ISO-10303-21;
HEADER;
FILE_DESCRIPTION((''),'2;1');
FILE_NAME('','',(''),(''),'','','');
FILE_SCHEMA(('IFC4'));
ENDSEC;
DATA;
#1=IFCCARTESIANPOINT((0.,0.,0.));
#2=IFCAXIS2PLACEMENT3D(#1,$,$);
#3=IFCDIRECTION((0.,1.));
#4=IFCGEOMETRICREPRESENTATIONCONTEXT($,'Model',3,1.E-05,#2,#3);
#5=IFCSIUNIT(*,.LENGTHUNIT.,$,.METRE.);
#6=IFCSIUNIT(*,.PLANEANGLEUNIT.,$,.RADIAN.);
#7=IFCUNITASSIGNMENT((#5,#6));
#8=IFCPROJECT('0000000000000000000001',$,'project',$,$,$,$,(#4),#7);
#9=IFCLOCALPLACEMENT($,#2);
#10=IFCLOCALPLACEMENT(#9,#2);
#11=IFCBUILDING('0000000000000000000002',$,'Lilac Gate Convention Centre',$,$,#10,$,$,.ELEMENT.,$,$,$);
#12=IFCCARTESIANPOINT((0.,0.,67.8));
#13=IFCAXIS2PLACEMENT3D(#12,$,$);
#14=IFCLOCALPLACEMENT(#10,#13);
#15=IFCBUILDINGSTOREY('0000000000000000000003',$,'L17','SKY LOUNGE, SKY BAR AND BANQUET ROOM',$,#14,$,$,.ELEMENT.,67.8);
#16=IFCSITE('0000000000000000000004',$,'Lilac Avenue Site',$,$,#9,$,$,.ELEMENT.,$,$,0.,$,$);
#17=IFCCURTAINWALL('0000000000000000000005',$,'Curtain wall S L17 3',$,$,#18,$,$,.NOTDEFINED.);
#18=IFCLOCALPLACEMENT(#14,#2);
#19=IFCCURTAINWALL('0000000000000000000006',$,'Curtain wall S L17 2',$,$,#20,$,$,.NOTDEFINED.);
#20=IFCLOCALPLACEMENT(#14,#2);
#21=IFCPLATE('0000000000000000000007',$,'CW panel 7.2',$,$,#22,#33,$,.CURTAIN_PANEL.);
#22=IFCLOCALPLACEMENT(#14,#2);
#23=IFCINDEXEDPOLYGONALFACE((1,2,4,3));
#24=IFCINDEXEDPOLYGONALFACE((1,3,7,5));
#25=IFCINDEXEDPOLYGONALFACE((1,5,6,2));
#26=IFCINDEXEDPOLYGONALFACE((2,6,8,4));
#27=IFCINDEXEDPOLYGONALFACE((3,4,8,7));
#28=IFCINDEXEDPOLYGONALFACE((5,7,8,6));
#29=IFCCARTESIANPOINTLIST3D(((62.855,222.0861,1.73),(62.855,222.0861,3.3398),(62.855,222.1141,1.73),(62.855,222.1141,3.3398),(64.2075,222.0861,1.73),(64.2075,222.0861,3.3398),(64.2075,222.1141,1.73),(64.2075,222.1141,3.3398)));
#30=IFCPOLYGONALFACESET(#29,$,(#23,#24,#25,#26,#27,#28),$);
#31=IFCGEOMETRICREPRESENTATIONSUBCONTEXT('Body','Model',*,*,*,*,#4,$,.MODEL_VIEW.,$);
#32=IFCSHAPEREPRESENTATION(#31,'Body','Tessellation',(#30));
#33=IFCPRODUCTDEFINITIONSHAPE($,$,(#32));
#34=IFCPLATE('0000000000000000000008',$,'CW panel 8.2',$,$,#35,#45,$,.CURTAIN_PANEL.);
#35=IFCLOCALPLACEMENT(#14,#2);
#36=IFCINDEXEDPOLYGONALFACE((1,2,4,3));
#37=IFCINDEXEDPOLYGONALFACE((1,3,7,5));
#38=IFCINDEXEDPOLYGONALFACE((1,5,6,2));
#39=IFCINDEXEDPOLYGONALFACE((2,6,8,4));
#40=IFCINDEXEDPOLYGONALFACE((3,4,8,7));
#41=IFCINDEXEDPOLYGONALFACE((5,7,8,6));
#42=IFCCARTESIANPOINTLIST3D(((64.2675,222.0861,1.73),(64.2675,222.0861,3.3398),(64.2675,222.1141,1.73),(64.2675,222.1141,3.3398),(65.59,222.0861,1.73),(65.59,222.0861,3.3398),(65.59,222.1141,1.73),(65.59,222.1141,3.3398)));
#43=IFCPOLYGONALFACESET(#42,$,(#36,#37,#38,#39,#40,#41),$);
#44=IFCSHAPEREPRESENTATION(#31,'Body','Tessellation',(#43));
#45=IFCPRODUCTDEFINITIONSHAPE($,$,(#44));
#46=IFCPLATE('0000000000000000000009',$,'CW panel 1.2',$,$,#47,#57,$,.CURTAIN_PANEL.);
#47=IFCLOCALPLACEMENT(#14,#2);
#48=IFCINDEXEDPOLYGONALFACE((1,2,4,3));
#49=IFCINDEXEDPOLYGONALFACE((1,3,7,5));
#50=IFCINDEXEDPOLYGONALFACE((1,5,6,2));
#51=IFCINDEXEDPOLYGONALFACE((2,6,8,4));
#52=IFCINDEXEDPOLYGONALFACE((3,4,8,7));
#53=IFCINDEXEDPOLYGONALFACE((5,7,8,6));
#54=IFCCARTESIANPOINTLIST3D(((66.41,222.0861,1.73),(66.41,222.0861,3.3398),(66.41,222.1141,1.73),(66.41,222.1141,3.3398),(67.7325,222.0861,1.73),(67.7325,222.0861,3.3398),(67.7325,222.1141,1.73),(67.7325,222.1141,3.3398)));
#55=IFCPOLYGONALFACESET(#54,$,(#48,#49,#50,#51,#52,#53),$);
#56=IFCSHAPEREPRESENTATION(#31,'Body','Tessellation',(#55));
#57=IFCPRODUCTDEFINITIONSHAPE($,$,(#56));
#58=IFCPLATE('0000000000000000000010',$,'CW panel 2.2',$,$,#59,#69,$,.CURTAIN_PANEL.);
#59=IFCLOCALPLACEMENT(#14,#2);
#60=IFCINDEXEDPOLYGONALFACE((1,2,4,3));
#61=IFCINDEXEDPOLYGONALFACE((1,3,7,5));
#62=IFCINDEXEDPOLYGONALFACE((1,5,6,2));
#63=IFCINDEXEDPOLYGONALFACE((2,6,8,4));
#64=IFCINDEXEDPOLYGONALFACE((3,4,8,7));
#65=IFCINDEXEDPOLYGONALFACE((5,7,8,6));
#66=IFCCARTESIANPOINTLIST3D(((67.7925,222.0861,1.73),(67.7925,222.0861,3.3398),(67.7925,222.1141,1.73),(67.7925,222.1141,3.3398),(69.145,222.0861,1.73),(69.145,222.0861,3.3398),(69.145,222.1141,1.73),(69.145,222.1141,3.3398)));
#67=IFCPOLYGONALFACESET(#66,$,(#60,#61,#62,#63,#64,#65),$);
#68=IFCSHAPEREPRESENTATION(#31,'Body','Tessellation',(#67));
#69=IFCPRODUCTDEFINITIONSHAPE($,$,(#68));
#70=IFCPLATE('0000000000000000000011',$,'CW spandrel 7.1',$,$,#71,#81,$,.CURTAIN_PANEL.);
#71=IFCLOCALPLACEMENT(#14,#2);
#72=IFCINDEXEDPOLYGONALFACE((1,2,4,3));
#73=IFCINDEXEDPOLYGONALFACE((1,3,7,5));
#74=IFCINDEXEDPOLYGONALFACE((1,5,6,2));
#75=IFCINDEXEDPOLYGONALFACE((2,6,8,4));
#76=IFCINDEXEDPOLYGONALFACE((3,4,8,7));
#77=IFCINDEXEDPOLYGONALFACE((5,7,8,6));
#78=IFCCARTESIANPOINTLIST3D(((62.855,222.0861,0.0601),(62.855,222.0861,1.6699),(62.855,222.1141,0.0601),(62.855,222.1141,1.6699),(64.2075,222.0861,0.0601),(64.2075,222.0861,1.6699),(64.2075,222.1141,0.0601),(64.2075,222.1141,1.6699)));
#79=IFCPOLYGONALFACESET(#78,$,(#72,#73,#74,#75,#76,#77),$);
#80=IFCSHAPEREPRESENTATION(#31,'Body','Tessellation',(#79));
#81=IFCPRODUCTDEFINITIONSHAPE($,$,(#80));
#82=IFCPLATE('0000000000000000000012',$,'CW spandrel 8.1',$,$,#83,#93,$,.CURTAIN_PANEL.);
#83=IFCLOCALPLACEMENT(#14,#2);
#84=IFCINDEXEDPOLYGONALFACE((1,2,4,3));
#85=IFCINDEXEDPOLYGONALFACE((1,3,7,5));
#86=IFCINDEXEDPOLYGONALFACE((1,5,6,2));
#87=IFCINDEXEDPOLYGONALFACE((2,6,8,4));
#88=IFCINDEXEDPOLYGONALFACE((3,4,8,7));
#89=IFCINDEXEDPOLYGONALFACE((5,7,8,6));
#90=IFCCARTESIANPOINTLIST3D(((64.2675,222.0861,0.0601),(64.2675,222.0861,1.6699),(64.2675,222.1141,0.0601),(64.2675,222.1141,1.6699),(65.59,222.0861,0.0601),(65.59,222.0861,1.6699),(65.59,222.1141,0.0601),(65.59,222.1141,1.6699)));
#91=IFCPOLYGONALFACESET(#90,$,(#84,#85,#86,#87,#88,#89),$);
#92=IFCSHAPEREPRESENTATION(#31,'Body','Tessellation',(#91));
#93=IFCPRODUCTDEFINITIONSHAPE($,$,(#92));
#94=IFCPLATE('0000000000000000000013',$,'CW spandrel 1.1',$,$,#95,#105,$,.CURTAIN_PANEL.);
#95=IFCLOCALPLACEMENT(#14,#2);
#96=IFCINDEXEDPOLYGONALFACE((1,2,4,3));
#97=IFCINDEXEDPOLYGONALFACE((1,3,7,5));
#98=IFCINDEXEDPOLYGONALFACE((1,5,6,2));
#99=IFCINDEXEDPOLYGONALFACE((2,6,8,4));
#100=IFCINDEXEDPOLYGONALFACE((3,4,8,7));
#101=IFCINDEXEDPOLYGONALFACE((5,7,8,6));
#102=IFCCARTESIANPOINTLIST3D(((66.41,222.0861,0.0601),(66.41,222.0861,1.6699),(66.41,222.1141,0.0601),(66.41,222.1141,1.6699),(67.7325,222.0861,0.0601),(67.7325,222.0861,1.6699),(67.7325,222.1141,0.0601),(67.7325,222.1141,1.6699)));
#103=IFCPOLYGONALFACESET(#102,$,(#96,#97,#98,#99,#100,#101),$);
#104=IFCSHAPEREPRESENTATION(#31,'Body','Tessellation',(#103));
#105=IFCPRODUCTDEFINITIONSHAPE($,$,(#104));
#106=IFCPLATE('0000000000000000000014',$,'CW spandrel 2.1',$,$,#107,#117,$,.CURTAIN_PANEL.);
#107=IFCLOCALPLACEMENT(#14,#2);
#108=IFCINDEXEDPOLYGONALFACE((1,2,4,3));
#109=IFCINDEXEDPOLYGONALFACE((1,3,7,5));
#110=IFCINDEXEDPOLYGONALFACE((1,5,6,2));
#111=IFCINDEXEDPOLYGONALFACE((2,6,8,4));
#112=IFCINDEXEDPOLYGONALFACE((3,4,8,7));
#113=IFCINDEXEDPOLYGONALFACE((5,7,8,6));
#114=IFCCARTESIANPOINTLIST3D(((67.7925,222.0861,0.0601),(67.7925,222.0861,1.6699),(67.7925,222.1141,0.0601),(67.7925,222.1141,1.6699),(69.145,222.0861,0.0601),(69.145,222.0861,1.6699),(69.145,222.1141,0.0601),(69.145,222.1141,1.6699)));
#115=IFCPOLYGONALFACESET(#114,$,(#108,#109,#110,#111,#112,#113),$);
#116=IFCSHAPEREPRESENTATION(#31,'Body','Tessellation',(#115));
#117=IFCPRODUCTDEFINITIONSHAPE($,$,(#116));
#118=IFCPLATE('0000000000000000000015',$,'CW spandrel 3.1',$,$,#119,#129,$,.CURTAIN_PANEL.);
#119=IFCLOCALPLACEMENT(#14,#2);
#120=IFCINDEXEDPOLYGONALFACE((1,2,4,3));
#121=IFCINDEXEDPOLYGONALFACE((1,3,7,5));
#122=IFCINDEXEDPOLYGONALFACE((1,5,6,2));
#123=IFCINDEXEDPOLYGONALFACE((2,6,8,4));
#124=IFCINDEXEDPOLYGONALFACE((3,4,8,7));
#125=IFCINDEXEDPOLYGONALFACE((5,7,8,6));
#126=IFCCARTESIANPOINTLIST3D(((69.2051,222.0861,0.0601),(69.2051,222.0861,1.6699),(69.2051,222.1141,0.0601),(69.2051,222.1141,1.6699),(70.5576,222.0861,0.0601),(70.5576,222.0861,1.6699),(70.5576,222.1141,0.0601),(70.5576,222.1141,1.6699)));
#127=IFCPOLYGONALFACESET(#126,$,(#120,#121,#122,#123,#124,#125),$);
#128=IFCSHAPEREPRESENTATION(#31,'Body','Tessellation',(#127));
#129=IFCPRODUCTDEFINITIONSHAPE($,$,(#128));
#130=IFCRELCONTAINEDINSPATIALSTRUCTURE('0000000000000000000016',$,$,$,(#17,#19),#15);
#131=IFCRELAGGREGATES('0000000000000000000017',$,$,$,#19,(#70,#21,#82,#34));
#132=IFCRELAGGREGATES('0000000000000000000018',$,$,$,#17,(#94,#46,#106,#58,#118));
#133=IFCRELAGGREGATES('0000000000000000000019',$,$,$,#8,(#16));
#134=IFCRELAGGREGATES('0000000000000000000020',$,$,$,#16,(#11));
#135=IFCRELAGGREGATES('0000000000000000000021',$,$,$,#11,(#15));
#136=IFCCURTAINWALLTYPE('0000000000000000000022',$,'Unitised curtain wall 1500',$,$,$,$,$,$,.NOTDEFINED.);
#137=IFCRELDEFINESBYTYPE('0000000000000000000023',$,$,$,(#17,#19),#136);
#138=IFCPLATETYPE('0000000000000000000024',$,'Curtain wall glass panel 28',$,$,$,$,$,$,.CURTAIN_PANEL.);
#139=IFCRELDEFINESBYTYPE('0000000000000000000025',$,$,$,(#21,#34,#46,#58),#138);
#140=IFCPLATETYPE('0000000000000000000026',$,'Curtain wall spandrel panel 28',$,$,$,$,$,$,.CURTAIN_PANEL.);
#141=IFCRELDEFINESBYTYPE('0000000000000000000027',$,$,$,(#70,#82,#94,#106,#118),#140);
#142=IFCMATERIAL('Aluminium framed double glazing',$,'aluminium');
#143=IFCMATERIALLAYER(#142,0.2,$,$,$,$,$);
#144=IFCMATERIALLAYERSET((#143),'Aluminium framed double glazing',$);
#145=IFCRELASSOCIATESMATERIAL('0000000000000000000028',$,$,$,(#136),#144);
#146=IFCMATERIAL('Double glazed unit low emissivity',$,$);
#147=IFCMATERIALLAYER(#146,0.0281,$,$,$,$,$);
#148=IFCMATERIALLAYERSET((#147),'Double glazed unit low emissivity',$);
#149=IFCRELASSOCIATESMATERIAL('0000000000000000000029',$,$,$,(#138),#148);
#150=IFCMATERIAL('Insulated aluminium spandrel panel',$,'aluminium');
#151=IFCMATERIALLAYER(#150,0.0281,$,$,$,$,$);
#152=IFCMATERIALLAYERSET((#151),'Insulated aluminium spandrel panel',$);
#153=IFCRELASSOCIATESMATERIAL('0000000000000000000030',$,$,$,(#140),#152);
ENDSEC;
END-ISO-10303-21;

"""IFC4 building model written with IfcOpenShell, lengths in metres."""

from ifc_helpers import new_model, si_unit, direction, frame, origin, origin_2d, place, context, subcontext, project, spatial, rectangle, extrude, material, layer, layer_set, type_object, element, aggregate, save


model = new_model("IFC4")

# Units and contexts
model_context = context("Model", 3, precision=1e-05, world=origin(), true_north=direction((0.0, 1.0)))
body_context = subcontext(model_context, "Body", "Model", "MODEL_VIEW")
ifc_project = project(units=[si_unit("LENGTHUNIT", "METRE"), si_unit("PLANEANGLEUNIT", "RADIAN")], contexts=[model_context])

# Site, building, storey
site_placement = place(None, origin())
site = spatial("IfcSite", under=ifc_project, at=site_placement, Name="Lilac Avenue Site", CompositionType="ELEMENT", RefElevation=0.0)
building_placement = place(site_placement, origin())
building = spatial("IfcBuilding", under=site, at=building_placement, Name="Lilac Gate Convention Centre", CompositionType="ELEMENT")
storey_placement = place(building_placement, frame((0.0, 0.0, 67.8)))
storey = spatial("IfcBuildingStorey", under=building, at=storey_placement, Name="L17", Description="SKY LOUNGE, SKY BAR AND BANQUET ROOM", CompositionType="ELEMENT", Elevation=67.8)

# Curtain walls
ifc_material_1 = material(Name="Aluminium framed double glazing", Category="aluminium")
ifc_layer_1 = layer(ifc_material_1, 0.2)
ifc_layer_set_1 = layer_set([ifc_layer_1], Name="Aluminium framed double glazing")
curtain_wall_type = type_object("IfcCurtainWallType", Name="Unitised curtain wall 1500", PredefinedType="NOTDEFINED", material=ifc_layer_set_1)
curtain_wall_1_placement = place(storey_placement, origin())
curtain_wall_1 = element("IfcCurtainWall", 1, at=curtain_wall_1_placement, inside=storey, type_object=curtain_wall_type, Name="Curtain wall S L17 3", PredefinedType="NOTDEFINED")
curtain_wall_2_placement = place(storey_placement, origin())
curtain_wall_2 = element("IfcCurtainWall", 2, at=curtain_wall_2_placement, inside=storey, type_object=curtain_wall_type, Name="Curtain wall S L17 2", PredefinedType="NOTDEFINED")

# Plates
ifc_material_2 = material(Name="Double glazed unit low emissivity")
ifc_layer_2 = layer(ifc_material_2, 0.0281)
ifc_layer_set_2 = layer_set([ifc_layer_2], Name="Double glazed unit low emissivity")
plate_type_1 = type_object("IfcPlateType", Name="Curtain wall glass panel 28", PredefinedType="CURTAIN_PANEL", material=ifc_layer_set_2)
plate_1_placement = place(storey_placement, frame((63.5312, 222.1001, 1.73), z_axis=(0.0, 0.0, 1.0), x_axis=(1.0, 0.0, 0.0)))
plate_1 = element("IfcPlate", 3, at=plate_1_placement, type_object=plate_type_1, Name="CW panel 7.2", PredefinedType="CURTAIN_PANEL", context=body_context, shape_type="SweptSolid", body=[
    extrude(rectangle(XDim=1.3525, YDim=0.0281, at=origin_2d()), origin(), (0.0, 0.0, 1.0), 1.6099),
])
plate_2_placement = place(storey_placement, frame((64.9287, 222.1001, 1.73), z_axis=(0.0, 0.0, 1.0), x_axis=(1.0, 0.0, 0.0)))
plate_2 = element("IfcPlate", 4, at=plate_2_placement, type_object=plate_type_1, Name="CW panel 8.2", PredefinedType="CURTAIN_PANEL", context=body_context, shape_type="SweptSolid", body=[
    extrude(rectangle(XDim=1.3225, YDim=0.0281, at=origin_2d()), origin(), (0.0, 0.0, 1.0), 1.6099),
])
plate_3_placement = place(storey_placement, frame((67.0713, 222.1001, 1.73), z_axis=(0.0, 0.0, 1.0), x_axis=(1.0, 0.0, 0.0)))
plate_3 = element("IfcPlate", 5, at=plate_3_placement, type_object=plate_type_1, Name="CW panel 1.2", PredefinedType="CURTAIN_PANEL", context=body_context, shape_type="SweptSolid", body=[
    extrude(rectangle(XDim=1.3225, YDim=0.0281, at=origin_2d()), origin(), (0.0, 0.0, 1.0), 1.6099),
])
plate_4_placement = place(storey_placement, frame((68.4688, 222.1001, 1.73), z_axis=(0.0, 0.0, 1.0), x_axis=(1.0, 0.0, 0.0)))
plate_4 = element("IfcPlate", 6, at=plate_4_placement, type_object=plate_type_1, Name="CW panel 2.2", PredefinedType="CURTAIN_PANEL", context=body_context, shape_type="SweptSolid", body=[
    extrude(rectangle(XDim=1.3525, YDim=0.0281, at=origin_2d()), origin(), (0.0, 0.0, 1.0), 1.6099),
])
ifc_material_3 = material(Name="Insulated aluminium spandrel panel", Category="aluminium")
ifc_layer_3 = layer(ifc_material_3, 0.0281)
ifc_layer_set_3 = layer_set([ifc_layer_3], Name="Insulated aluminium spandrel panel")
plate_type_2 = type_object("IfcPlateType", Name="Curtain wall spandrel panel 28", PredefinedType="CURTAIN_PANEL", material=ifc_layer_set_3)
plate_5_placement = place(storey_placement, frame((63.5312, 222.1001, 0.0601), z_axis=(0.0, 0.0, 1.0), x_axis=(1.0, 0.0, 0.0)))
plate_5 = element("IfcPlate", 7, at=plate_5_placement, type_object=plate_type_2, Name="CW spandrel 7.1", PredefinedType="CURTAIN_PANEL", context=body_context, shape_type="SweptSolid", body=[
    extrude(rectangle(XDim=1.3525, YDim=0.0281, at=origin_2d()), origin(), (0.0, 0.0, 1.0), 1.6099),
])
plate_6_placement = place(storey_placement, frame((64.9287, 222.1001, 0.0601), z_axis=(0.0, 0.0, 1.0), x_axis=(1.0, 0.0, 0.0)))
plate_6 = element("IfcPlate", 8, at=plate_6_placement, type_object=plate_type_2, Name="CW spandrel 8.1", PredefinedType="CURTAIN_PANEL", context=body_context, shape_type="SweptSolid", body=[
    extrude(rectangle(XDim=1.3225, YDim=0.0281, at=origin_2d()), origin(), (0.0, 0.0, 1.0), 1.6099),
])
aggregate(curtain_wall_2, [plate_5, plate_1, plate_6, plate_2])
plate_7_placement = place(storey_placement, frame((67.0713, 222.1001, 0.0601), z_axis=(0.0, 0.0, 1.0), x_axis=(1.0, 0.0, 0.0)))
plate_7 = element("IfcPlate", 9, at=plate_7_placement, type_object=plate_type_2, Name="CW spandrel 1.1", PredefinedType="CURTAIN_PANEL", context=body_context, shape_type="SweptSolid", body=[
    extrude(rectangle(XDim=1.3225, YDim=0.0281, at=origin_2d()), origin(), (0.0, 0.0, 1.0), 1.6099),
])
plate_8_placement = place(storey_placement, frame((68.4688, 222.1001, 0.0601), z_axis=(0.0, 0.0, 1.0), x_axis=(1.0, 0.0, 0.0)))
plate_8 = element("IfcPlate", 10, at=plate_8_placement, type_object=plate_type_2, Name="CW spandrel 2.1", PredefinedType="CURTAIN_PANEL", context=body_context, shape_type="SweptSolid", body=[
    extrude(rectangle(XDim=1.3525, YDim=0.0281, at=origin_2d()), origin(), (0.0, 0.0, 1.0), 1.6099),
])
plate_9_placement = place(storey_placement, frame((69.8813, 222.1001, 0.0601), z_axis=(0.0, 0.0, 1.0), x_axis=(1.0, 0.0, 0.0)))
plate_9 = element("IfcPlate", 11, at=plate_9_placement, type_object=plate_type_2, Name="CW spandrel 3.1", PredefinedType="CURTAIN_PANEL", context=body_context, shape_type="SweptSolid", body=[
    extrude(rectangle(XDim=1.3525, YDim=0.0281, at=origin_2d()), origin(), (0.0, 0.0, 1.0), 1.6099),
])
aggregate(curtain_wall_1, [plate_7, plate_3, plate_8, plate_4, plate_9])

save(model, "model.ifc")
